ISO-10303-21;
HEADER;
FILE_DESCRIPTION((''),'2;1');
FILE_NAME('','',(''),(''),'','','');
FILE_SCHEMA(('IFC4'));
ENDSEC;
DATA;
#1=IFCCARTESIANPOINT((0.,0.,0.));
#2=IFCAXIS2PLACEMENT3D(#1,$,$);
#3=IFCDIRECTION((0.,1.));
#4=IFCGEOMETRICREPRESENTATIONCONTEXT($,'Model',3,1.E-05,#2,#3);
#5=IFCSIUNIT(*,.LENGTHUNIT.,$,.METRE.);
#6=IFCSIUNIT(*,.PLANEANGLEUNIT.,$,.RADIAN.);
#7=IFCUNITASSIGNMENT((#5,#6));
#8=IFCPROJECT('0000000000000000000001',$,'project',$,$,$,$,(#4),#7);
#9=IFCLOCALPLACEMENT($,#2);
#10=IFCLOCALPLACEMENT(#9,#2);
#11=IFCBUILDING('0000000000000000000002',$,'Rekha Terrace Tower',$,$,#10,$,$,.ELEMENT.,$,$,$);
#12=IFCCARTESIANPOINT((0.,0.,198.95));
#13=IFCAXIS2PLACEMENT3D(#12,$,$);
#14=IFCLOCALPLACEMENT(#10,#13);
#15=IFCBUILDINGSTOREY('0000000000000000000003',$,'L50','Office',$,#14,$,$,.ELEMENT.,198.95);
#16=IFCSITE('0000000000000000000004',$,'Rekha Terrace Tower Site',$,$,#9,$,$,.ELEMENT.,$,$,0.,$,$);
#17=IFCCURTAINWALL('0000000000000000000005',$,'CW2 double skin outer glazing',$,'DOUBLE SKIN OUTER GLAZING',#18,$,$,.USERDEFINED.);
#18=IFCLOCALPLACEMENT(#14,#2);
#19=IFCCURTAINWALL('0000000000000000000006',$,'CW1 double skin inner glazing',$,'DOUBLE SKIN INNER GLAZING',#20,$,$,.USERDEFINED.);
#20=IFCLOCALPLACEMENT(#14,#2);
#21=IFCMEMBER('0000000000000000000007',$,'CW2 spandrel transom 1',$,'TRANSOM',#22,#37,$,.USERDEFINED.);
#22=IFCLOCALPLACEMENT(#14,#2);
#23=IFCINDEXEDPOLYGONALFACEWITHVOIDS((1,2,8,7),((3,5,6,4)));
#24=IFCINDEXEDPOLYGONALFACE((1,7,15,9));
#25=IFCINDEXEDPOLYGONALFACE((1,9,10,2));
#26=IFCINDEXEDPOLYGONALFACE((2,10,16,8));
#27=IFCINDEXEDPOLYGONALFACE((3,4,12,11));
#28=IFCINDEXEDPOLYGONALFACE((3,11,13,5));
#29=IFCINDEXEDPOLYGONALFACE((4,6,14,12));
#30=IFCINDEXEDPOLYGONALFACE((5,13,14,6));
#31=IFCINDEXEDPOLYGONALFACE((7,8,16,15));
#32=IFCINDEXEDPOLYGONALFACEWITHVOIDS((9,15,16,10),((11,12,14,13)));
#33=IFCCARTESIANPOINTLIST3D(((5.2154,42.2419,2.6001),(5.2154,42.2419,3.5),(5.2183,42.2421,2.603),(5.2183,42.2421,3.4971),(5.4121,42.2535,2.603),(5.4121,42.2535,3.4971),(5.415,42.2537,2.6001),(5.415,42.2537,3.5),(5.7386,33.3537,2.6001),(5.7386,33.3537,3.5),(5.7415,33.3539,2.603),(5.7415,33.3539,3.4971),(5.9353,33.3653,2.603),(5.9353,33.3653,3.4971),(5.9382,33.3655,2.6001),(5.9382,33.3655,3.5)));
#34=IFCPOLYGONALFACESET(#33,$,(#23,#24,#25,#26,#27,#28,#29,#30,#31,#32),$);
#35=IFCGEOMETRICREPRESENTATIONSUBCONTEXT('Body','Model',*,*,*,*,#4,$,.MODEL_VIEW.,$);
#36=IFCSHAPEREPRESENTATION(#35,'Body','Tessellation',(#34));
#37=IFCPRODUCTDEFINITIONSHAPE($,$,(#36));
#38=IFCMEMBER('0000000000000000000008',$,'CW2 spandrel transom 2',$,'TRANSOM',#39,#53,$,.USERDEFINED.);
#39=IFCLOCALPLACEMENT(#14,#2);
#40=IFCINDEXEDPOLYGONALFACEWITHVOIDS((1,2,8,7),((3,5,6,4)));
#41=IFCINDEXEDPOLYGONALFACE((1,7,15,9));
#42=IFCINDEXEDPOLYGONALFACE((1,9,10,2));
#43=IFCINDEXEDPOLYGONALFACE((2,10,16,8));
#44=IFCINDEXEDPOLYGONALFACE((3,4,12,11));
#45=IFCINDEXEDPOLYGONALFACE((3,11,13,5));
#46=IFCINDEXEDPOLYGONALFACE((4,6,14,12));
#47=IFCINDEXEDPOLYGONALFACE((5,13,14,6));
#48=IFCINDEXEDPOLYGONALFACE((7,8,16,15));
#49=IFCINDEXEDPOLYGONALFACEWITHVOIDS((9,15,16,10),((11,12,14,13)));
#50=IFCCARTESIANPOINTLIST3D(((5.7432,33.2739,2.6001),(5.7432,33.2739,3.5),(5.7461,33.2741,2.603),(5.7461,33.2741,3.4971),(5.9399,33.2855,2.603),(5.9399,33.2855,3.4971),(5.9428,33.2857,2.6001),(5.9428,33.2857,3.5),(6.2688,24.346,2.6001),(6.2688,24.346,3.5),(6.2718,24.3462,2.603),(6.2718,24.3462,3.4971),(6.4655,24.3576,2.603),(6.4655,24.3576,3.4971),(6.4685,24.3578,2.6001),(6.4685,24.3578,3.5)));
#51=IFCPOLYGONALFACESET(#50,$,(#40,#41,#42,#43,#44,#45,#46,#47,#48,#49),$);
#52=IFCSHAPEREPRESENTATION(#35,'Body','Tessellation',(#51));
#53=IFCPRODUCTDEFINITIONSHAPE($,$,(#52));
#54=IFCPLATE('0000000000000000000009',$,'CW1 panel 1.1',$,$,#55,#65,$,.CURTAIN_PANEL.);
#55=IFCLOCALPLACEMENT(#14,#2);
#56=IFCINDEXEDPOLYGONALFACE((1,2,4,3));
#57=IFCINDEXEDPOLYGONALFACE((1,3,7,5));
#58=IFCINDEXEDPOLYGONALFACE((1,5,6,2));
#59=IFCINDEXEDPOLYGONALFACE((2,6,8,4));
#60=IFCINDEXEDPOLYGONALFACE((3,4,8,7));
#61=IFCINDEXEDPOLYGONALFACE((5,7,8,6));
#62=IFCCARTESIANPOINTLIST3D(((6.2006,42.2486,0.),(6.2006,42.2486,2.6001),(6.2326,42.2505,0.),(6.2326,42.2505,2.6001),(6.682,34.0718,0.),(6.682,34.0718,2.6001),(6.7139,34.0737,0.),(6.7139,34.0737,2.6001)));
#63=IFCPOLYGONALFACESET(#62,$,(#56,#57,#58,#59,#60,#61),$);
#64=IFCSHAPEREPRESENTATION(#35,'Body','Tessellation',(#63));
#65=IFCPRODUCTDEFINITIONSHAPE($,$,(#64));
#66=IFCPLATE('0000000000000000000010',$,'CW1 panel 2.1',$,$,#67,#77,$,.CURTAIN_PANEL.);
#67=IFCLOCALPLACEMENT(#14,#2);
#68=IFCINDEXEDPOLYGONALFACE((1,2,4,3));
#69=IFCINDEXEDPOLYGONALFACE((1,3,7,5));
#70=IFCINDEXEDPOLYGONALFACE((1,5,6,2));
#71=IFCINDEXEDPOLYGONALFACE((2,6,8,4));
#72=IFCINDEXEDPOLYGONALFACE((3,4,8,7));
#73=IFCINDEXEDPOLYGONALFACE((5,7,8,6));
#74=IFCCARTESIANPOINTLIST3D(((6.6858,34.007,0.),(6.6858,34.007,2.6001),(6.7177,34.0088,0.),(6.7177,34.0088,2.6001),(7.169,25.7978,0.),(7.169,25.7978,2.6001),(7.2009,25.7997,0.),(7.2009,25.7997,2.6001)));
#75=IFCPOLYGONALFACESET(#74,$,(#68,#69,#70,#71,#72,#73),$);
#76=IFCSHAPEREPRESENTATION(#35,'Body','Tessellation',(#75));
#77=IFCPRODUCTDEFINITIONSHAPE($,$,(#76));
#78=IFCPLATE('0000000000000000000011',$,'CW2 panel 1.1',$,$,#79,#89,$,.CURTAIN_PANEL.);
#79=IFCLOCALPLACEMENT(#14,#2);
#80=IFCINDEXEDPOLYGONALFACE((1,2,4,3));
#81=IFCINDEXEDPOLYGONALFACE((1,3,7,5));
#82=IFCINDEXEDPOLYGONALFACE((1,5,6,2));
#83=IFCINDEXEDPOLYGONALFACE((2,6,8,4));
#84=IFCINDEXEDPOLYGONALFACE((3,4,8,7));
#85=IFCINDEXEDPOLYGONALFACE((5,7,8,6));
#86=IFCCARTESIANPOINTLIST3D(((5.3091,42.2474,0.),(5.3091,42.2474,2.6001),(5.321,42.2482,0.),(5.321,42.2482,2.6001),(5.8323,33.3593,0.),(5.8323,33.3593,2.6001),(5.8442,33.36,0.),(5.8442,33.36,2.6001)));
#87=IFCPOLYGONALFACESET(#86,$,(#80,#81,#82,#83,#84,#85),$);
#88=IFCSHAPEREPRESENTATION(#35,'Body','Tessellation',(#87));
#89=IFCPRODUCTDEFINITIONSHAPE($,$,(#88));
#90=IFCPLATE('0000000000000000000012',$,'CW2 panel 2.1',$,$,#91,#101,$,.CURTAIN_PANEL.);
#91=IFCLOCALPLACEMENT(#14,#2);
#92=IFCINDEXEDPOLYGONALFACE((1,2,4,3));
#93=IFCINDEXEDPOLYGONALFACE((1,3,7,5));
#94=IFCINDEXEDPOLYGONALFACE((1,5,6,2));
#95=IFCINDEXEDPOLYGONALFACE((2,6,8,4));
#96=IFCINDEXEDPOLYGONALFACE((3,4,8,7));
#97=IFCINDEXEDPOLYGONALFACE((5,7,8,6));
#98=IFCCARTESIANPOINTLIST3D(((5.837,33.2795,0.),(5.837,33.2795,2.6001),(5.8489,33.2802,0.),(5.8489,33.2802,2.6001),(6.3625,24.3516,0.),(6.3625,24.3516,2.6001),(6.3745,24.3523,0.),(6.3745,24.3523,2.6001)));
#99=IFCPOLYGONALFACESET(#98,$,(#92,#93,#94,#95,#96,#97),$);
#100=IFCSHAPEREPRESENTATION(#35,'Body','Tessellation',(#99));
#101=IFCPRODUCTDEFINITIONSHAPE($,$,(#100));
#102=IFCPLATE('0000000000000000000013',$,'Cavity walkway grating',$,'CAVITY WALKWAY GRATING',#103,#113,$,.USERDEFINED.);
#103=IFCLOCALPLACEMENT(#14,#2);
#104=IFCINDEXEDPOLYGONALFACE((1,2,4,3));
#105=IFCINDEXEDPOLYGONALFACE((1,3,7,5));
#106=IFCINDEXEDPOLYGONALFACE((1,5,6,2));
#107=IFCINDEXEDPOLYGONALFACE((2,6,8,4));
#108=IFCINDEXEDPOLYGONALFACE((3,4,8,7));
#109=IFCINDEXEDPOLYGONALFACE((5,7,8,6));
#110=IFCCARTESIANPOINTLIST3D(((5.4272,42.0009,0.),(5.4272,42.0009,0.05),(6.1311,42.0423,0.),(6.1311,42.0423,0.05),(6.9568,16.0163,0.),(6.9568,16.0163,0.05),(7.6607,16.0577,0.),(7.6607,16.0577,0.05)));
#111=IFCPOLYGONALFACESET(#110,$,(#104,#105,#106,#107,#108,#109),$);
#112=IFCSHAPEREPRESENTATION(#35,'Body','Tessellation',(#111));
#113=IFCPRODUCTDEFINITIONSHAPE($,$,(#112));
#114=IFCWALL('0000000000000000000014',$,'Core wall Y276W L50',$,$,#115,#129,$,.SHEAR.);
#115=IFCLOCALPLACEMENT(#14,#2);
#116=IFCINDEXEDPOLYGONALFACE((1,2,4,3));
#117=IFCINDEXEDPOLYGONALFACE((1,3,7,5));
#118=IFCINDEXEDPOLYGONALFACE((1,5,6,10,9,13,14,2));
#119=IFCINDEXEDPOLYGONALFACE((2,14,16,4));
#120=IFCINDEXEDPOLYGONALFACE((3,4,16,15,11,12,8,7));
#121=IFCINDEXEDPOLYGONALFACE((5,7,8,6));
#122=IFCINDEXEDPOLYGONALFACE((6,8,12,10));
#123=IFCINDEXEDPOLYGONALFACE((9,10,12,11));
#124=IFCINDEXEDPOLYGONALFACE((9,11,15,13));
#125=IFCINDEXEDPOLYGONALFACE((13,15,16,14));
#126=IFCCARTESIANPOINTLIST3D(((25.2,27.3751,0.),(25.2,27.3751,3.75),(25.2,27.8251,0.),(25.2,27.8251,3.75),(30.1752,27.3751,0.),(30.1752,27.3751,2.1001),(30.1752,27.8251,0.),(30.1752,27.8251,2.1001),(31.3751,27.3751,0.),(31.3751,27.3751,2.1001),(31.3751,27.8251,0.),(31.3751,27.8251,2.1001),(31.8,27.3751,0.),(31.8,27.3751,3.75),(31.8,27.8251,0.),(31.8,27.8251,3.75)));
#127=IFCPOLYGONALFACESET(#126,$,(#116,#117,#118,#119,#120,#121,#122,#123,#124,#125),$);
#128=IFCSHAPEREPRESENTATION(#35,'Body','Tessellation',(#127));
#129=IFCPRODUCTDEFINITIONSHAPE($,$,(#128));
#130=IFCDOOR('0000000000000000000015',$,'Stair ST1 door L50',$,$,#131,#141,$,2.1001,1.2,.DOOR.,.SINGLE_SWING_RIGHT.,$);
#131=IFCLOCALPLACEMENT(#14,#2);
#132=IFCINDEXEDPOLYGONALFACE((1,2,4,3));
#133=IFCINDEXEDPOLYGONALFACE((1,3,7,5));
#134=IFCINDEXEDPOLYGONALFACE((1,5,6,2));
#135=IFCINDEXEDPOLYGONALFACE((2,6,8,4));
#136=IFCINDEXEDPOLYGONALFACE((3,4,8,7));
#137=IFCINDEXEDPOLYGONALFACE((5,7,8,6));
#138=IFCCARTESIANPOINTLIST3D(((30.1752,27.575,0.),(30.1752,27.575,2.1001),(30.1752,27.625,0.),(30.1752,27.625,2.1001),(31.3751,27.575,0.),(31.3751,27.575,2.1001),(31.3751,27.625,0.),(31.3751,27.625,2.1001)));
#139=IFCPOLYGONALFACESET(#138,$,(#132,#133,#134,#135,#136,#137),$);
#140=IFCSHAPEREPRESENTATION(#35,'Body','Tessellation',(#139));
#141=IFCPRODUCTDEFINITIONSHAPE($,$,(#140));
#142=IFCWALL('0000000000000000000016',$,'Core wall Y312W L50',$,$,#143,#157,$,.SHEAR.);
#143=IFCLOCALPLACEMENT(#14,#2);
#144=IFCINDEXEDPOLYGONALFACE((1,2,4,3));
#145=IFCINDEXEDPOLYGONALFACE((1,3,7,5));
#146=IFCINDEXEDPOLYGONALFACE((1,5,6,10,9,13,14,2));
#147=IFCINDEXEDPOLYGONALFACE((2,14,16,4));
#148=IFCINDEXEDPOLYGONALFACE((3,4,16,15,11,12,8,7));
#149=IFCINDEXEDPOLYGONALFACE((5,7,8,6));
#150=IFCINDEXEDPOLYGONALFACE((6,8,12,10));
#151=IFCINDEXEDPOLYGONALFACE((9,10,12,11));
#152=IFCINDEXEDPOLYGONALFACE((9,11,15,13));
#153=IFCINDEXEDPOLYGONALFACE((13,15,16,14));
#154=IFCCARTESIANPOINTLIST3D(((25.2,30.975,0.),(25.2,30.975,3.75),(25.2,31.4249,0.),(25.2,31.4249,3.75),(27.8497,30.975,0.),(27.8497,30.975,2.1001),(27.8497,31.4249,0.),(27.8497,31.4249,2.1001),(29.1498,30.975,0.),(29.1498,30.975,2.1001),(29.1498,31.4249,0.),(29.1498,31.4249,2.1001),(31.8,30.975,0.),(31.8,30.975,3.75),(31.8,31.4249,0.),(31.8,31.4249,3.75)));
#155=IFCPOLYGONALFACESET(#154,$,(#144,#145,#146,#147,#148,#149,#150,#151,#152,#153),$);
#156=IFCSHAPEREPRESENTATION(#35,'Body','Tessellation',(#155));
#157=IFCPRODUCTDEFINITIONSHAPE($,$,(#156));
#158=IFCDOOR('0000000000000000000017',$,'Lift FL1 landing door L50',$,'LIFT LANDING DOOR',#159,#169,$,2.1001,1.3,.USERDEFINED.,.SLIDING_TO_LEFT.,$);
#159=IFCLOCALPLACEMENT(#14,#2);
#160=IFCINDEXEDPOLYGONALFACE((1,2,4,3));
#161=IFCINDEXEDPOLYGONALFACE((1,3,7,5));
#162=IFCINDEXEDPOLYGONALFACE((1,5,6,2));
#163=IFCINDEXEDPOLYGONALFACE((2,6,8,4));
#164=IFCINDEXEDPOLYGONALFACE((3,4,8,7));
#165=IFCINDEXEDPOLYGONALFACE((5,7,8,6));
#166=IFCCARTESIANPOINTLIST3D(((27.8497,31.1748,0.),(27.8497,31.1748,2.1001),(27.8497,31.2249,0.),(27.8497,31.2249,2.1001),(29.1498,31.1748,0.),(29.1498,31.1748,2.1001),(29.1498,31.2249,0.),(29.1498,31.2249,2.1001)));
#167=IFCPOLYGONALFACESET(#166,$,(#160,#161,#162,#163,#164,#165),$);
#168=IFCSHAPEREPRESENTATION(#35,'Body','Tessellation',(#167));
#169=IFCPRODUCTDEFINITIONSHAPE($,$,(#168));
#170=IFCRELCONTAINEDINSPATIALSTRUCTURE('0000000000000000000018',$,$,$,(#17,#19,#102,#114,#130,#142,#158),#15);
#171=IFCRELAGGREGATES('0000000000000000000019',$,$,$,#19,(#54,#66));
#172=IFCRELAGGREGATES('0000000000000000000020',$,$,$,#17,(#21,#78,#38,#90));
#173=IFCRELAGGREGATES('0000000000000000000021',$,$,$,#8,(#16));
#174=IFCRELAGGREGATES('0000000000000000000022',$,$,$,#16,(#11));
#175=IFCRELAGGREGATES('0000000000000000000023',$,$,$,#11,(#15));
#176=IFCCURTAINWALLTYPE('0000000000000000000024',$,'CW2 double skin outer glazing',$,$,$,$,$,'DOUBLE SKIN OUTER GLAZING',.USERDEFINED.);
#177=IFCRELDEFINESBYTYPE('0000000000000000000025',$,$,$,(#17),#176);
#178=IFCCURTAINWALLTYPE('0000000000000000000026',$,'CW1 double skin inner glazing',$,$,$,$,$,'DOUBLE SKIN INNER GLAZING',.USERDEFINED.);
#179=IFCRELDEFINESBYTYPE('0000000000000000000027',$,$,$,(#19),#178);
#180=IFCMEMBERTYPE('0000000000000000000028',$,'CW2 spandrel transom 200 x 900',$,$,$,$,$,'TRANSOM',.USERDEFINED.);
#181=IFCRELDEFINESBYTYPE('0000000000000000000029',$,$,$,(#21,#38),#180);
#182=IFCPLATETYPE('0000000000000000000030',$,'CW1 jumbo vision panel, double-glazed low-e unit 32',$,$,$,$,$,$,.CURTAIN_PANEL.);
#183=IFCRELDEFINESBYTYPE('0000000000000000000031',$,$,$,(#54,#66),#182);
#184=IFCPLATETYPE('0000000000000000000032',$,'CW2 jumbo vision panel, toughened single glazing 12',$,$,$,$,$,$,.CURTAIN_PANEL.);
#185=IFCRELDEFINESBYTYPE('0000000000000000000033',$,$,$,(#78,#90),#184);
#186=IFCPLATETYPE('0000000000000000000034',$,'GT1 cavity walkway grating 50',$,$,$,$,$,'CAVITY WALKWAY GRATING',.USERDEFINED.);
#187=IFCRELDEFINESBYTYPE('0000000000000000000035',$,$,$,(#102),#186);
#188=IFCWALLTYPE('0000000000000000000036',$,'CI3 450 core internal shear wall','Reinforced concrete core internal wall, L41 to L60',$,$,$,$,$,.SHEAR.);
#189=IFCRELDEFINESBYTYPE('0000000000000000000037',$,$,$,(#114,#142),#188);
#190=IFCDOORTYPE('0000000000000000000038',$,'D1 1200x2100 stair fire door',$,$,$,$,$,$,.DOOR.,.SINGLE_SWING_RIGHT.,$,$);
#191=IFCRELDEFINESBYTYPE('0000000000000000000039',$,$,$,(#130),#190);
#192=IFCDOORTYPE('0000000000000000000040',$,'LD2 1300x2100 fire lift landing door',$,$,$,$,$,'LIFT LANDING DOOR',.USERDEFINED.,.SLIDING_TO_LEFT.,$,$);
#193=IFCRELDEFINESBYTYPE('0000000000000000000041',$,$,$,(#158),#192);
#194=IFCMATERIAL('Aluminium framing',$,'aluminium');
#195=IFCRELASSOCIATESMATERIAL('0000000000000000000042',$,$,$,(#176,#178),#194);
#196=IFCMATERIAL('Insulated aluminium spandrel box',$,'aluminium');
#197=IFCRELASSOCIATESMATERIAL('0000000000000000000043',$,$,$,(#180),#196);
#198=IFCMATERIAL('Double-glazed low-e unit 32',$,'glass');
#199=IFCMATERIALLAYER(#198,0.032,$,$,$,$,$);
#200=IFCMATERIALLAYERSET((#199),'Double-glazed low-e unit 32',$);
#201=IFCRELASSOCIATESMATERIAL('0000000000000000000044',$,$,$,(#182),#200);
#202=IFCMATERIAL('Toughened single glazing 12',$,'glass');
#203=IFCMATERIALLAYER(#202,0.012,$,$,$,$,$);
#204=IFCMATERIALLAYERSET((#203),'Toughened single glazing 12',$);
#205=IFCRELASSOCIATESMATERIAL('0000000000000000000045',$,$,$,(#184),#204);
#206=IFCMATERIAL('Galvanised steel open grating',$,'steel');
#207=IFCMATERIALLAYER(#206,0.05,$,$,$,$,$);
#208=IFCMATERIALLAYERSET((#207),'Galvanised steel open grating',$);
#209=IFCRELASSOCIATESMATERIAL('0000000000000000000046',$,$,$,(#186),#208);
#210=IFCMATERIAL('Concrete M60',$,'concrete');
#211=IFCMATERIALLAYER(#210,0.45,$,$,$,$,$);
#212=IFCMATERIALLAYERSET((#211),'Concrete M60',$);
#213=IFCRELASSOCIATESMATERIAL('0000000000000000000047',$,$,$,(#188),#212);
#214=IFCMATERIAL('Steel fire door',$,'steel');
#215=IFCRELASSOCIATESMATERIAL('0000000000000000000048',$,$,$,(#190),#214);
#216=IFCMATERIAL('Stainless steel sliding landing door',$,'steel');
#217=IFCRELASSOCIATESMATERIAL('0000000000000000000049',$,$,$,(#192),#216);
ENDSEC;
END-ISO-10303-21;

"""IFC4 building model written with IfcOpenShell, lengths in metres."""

from ifc_helpers import new_model, si_unit, direction, frame, frame_2d, origin, origin_2d, place, context, subcontext, project, spatial, rectangle, hollow_rectangle, extrude, material, layer, layer_set, material_profile, profile_set, type_object, element, fill, aggregate, save


model = new_model("IFC4")

# Units and contexts
model_context = context("Model", 3, precision=1e-05, world=origin(), true_north=direction((0.0, 1.0)))
body_context = subcontext(model_context, "Body", "Model", "MODEL_VIEW")
ifc_project = project(units=[si_unit("LENGTHUNIT", "METRE"), si_unit("PLANEANGLEUNIT", "RADIAN")], contexts=[model_context])

# Site, building, storey
site_placement = place(None, origin())
site = spatial("IfcSite", under=ifc_project, at=site_placement, Name="Rekha Terrace Tower Site", CompositionType="ELEMENT", RefElevation=0.0)
building_placement = place(site_placement, origin())
building = spatial("IfcBuilding", under=site, at=building_placement, Name="Rekha Terrace Tower", CompositionType="ELEMENT")
storey_placement = place(building_placement, frame((0.0, 0.0, 198.95)))
storey = spatial("IfcBuildingStorey", under=building, at=storey_placement, Name="L50", Description="Office", CompositionType="ELEMENT", Elevation=198.95)

# Curtain wall
ifc_material_1 = material(Name="Aluminium framing", Category="aluminium")
curtain_wall_type_1 = type_object("IfcCurtainWallType", Name="CW2 double skin outer glazing", ElementType="DOUBLE SKIN OUTER GLAZING", PredefinedType="USERDEFINED", material=ifc_material_1)
curtain_wall_1_placement = place(storey_placement, origin())
curtain_wall_1 = element("IfcCurtainWall", 1, at=curtain_wall_1_placement, inside=storey, type_object=curtain_wall_type_1, Name="CW2 double skin outer glazing", ObjectType="DOUBLE SKIN OUTER GLAZING", PredefinedType="USERDEFINED")

# Curtain wall
curtain_wall_type_2 = type_object("IfcCurtainWallType", Name="CW1 double skin inner glazing", ElementType="DOUBLE SKIN INNER GLAZING", PredefinedType="USERDEFINED", material=ifc_material_1)
curtain_wall_2_placement = place(storey_placement, origin())
curtain_wall_2 = element("IfcCurtainWall", 2, at=curtain_wall_2_placement, inside=storey, type_object=curtain_wall_type_2, Name="CW1 double skin inner glazing", ObjectType="DOUBLE SKIN INNER GLAZING", PredefinedType="USERDEFINED")
ifc_material_2 = material(Name="Insulated aluminium spandrel box", Category="aluminium")

# Members
ifc_material_profile_1 = material_profile(ifc_material_2, hollow_rectangle(XDim=0.2, YDim=0.8999, WallThickness=0.0029, at=origin_2d()), Name="AL SPANDREL BOX 200x900")
ifc_profile_set_1 = profile_set([ifc_material_profile_1], Name="Insulated aluminium spandrel box")
member_type_1 = type_object("IfcMemberType", Name="CW2 spandrel transom 200 x 900", ElementType="TRANSOM", PredefinedType="USERDEFINED", material=ifc_profile_set_1)
member_1_placement = place(storey_placement, frame((5.3152, 42.2478, 3.05), z_axis=(0.058762, -0.998272, 0.0), x_axis=(0.998272, 0.058762, 0.0)))
member_1 = element("IfcMember", 3, at=member_1_placement, type_object=member_type_1, Name="CW2 spandrel transom 1", ObjectType="TRANSOM", PredefinedType="USERDEFINED", context=body_context, shape_type="SweptSolid", body=[
    extrude(hollow_rectangle(XDim=0.2, YDim=0.8999, WallThickness=0.0029, at=origin_2d()), origin(), (0.0, 0.0, 1.0), 8.9036),
])
member_2_placement = place(storey_placement, frame((5.843, 33.2798, 3.05), z_axis=(0.058773, -0.998271, 0.0), x_axis=(0.998271, 0.058773, 0.0)))
member_2 = element("IfcMember", 4, at=member_2_placement, type_object=member_type_1, Name="CW2 spandrel transom 2", ObjectType="TRANSOM", PredefinedType="USERDEFINED", context=body_context, shape_type="SweptSolid", body=[
    extrude(hollow_rectangle(XDim=0.2, YDim=0.8999, WallThickness=0.0029, at=origin_2d()), origin(), (0.0, 0.0, 1.0), 8.9434),
])

# Plates
ifc_material_3 = material(Name="Double-glazed low-e unit 32", Category="glass")
ifc_layer_1 = layer(ifc_material_3, 0.032)
ifc_layer_set_1 = layer_set([ifc_layer_1], Name="Double-glazed low-e unit 32")
plate_type_1 = type_object("IfcPlateType", Name="CW1 jumbo vision panel, double-glazed low-e unit 32", PredefinedType="CURTAIN_PANEL", material=ifc_layer_set_1)
plate_1_placement = place(storey_placement, frame((6.4573, 38.1611, 0.0), z_axis=(0.0, 0.0, 1.0), x_axis=(0.058765, -0.998272, 0.0)))
plate_1 = element("IfcPlate", 5, at=plate_1_placement, type_object=plate_type_1, Name="CW1 panel 1.1", PredefinedType="CURTAIN_PANEL", context=body_context, shape_type="SweptSolid", body=[
    extrude(rectangle(XDim=8.1909, YDim=0.032, at=origin_2d()), origin(), (0.0, 0.0, 1.0), 2.6001),
])
plate_2_placement = place(storey_placement, frame((6.9434, 29.9033, 0.0), z_axis=(0.0, 0.0, 1.0), x_axis=(0.058765, -0.998272, 0.0)))
plate_2 = element("IfcPlate", 6, at=plate_2_placement, type_object=plate_type_1, Name="CW1 panel 2.1", PredefinedType="CURTAIN_PANEL", context=body_context, shape_type="SweptSolid", body=[
    extrude(rectangle(XDim=8.2234, YDim=0.032, at=origin_2d()), origin(), (0.0, 0.0, 1.0), 2.6001),
])
aggregate(curtain_wall_2, [plate_1, plate_2])
ifc_material_4 = material(Name="Toughened single glazing 12", Category="glass")
ifc_layer_2 = layer(ifc_material_4, 0.012)
ifc_layer_set_2 = layer_set([ifc_layer_2], Name="Toughened single glazing 12")
plate_type_2 = type_object("IfcPlateType", Name="CW2 jumbo vision panel, toughened single glazing 12", PredefinedType="CURTAIN_PANEL", material=ifc_layer_set_2)
plate_3_placement = place(storey_placement, frame((5.5767, 37.8037, 0.0), z_axis=(0.0, 0.0, 1.0), x_axis=(0.058765, -0.998272, 0.0)))
plate_3 = element("IfcPlate", 7, at=plate_3_placement, type_object=plate_type_2, Name="CW2 panel 1.1", PredefinedType="CURTAIN_PANEL", context=body_context, shape_type="SweptSolid", body=[
    extrude(rectangle(XDim=8.9036, YDim=0.012, at=origin_2d()), origin(), (0.0, 0.0, 1.0), 2.6001),
])
plate_4_placement = place(storey_placement, frame((6.1057, 28.8159, 0.0), z_axis=(0.0, 0.0, 1.0), x_axis=(0.058765, -0.998272, 0.0)))
plate_4 = element("IfcPlate", 8, at=plate_4_placement, type_object=plate_type_2, Name="CW2 panel 2.1", PredefinedType="CURTAIN_PANEL", context=body_context, shape_type="SweptSolid", body=[
    extrude(rectangle(XDim=8.9434, YDim=0.012, at=origin_2d()), origin(), (0.0, 0.0, 1.0), 2.6001),
])
aggregate(curtain_wall_1, [member_1, plate_3, member_2, plate_4])
ifc_material_5 = material(Name="Galvanised steel open grating", Category="steel")
ifc_layer_3 = layer(ifc_material_5, 0.05)
ifc_layer_set_3 = layer_set([ifc_layer_3], Name="Galvanised steel open grating")
plate_type_3 = type_object("IfcPlateType", Name="GT1 cavity walkway grating 50", ElementType="CAVITY WALKWAY GRATING", PredefinedType="USERDEFINED", material=ifc_layer_set_3)
plate_5_placement = place(storey_placement, frame((6.5439, 29.0293, 0.0), z_axis=(0.0, 0.0, 1.0), x_axis=(0.058765, -0.998272, 0.0)))
element("IfcPlate", 9, at=plate_5_placement, inside=storey, type_object=plate_type_3, Name="Cavity walkway grating", ObjectType="CAVITY WALKWAY GRATING", PredefinedType="USERDEFINED", context=body_context, shape_type="SweptSolid", body=[
    extrude(rectangle(XDim=26.0295, YDim=0.7051, at=origin_2d()), origin(), (0.0, 0.0, 1.0), 0.05),
])

# Walls, openings, doors
ifc_material_6 = material(Name="Concrete M60", Category="concrete")
ifc_layer_4 = layer(ifc_material_6, 0.45)
ifc_layer_set_4 = layer_set([ifc_layer_4], Name="Concrete M60")
wall_type_1 = type_object("IfcWallType", Name="CI3 450 core internal shear wall", Description="Reinforced concrete core internal wall, L41 to L60", PredefinedType="SHEAR", material=ifc_layer_set_4)
wall_1_placement = place(storey_placement, frame((25.2, 27.6001, 0.0), z_axis=(0.0, 0.0, 1.0), x_axis=(1.0, 0.0, 0.0)))
wall_1 = element("IfcWall", 10, at=wall_1_placement, inside=storey, type_object=wall_type_1, Name="Core wall Y276W L50", PredefinedType="SHEAR", context=body_context, shape_type="SweptSolid", body=[
    extrude(rectangle(XDim=6.6001, YDim=0.45, at=frame_2d((3.3, 0.0))), origin(), (0.0, 0.0, 1.0), 3.75),
])
opening_1_placement = place(wall_1_placement, frame((4.9751, 0.0, 0.0)))
opening_1 = element("IfcOpeningElement", 11, at=opening_1_placement, cuts=wall_1, PredefinedType="OPENING", context=body_context, shape_type="SweptSolid", body=[
    extrude(rectangle(XDim=1.2, YDim=2.1001, at=frame_2d((0.6001, 1.05))), frame((0.0, 0.2349, 0.0), z_axis=(0.0, -1.0, 0.0), x_axis=(1.0, 0.0, 0.0)), (0.0, 0.0, 1.0), 0.47),
])
ifc_material_7 = material(Name="Steel fire door", Category="steel")
door_type_1 = type_object("IfcDoorType", Name="D1 1200x2100 stair fire door", OperationType="SINGLE_SWING_RIGHT", PredefinedType="DOOR", material=ifc_material_7)
door_1_placement = place(opening_1_placement, origin())
door_1 = element("IfcDoor", 12, at=door_1_placement, inside=storey, type_object=door_type_1, Name="Stair ST1 door L50", OperationType="SINGLE_SWING_RIGHT", OverallHeight=2.1001, OverallWidth=1.2, PredefinedType="DOOR", context=body_context, shape_type="SweptSolid", body=[
    extrude(rectangle(XDim=1.2, YDim=2.1001, at=frame_2d((0.6001, 1.05))), frame((0.0, 0.0249, 0.0), z_axis=(0.0, -1.0, 0.0), x_axis=(1.0, 0.0, 0.0)), (0.0, 0.0, 1.0), 0.05),
])
fill(opening_1, door_1)
wall_2_placement = place(storey_placement, frame((25.2, 31.2, 0.0), z_axis=(0.0, 0.0, 1.0), x_axis=(1.0, 0.0, 0.0)))
wall_2 = element("IfcWall", 13, at=wall_2_placement, inside=storey, type_object=wall_type_1, Name="Core wall Y312W L50", PredefinedType="SHEAR", context=body_context, shape_type="SweptSolid", body=[
    extrude(rectangle(XDim=6.6001, YDim=0.45, at=frame_2d((3.3, 0.0))), origin(), (0.0, 0.0, 1.0), 3.75),
])
opening_2_placement = place(wall_2_placement, frame((2.6499, 0.0, 0.0)))
opening_2 = element("IfcOpeningElement", 14, at=opening_2_placement, cuts=wall_2, PredefinedType="OPENING", context=body_context, shape_type="SweptSolid", body=[
    extrude(rectangle(XDim=1.3, YDim=2.1001, at=frame_2d((0.6499, 1.05))), frame((0.0, 0.2349, 0.0), z_axis=(0.0, -1.0, 0.0), x_axis=(1.0, 0.0, 0.0)), (0.0, 0.0, 1.0), 0.47),
])
ifc_material_8 = material(Name="Stainless steel sliding landing door", Category="steel")
door_type_2 = type_object("IfcDoorType", Name="LD2 1300x2100 fire lift landing door", ElementType="LIFT LANDING DOOR", OperationType="SLIDING_TO_LEFT", PredefinedType="USERDEFINED", material=ifc_material_8)
door_2_placement = place(opening_2_placement, origin())
door_2 = element("IfcDoor", 15, at=door_2_placement, inside=storey, type_object=door_type_2, Name="Lift FL1 landing door L50", ObjectType="LIFT LANDING DOOR", OperationType="SLIDING_TO_LEFT", OverallHeight=2.1001, OverallWidth=1.3, PredefinedType="USERDEFINED", context=body_context, shape_type="SweptSolid", body=[
    extrude(rectangle(XDim=1.3, YDim=2.1001, at=frame_2d((0.6499, 1.05))), frame((0.0, 0.0249, 0.0), z_axis=(0.0, -1.0, 0.0), x_axis=(1.0, 0.0, 0.0)), (0.0, 0.0, 1.0), 0.05),
])
fill(opening_2, door_2)

save(model, "model.ifc")
